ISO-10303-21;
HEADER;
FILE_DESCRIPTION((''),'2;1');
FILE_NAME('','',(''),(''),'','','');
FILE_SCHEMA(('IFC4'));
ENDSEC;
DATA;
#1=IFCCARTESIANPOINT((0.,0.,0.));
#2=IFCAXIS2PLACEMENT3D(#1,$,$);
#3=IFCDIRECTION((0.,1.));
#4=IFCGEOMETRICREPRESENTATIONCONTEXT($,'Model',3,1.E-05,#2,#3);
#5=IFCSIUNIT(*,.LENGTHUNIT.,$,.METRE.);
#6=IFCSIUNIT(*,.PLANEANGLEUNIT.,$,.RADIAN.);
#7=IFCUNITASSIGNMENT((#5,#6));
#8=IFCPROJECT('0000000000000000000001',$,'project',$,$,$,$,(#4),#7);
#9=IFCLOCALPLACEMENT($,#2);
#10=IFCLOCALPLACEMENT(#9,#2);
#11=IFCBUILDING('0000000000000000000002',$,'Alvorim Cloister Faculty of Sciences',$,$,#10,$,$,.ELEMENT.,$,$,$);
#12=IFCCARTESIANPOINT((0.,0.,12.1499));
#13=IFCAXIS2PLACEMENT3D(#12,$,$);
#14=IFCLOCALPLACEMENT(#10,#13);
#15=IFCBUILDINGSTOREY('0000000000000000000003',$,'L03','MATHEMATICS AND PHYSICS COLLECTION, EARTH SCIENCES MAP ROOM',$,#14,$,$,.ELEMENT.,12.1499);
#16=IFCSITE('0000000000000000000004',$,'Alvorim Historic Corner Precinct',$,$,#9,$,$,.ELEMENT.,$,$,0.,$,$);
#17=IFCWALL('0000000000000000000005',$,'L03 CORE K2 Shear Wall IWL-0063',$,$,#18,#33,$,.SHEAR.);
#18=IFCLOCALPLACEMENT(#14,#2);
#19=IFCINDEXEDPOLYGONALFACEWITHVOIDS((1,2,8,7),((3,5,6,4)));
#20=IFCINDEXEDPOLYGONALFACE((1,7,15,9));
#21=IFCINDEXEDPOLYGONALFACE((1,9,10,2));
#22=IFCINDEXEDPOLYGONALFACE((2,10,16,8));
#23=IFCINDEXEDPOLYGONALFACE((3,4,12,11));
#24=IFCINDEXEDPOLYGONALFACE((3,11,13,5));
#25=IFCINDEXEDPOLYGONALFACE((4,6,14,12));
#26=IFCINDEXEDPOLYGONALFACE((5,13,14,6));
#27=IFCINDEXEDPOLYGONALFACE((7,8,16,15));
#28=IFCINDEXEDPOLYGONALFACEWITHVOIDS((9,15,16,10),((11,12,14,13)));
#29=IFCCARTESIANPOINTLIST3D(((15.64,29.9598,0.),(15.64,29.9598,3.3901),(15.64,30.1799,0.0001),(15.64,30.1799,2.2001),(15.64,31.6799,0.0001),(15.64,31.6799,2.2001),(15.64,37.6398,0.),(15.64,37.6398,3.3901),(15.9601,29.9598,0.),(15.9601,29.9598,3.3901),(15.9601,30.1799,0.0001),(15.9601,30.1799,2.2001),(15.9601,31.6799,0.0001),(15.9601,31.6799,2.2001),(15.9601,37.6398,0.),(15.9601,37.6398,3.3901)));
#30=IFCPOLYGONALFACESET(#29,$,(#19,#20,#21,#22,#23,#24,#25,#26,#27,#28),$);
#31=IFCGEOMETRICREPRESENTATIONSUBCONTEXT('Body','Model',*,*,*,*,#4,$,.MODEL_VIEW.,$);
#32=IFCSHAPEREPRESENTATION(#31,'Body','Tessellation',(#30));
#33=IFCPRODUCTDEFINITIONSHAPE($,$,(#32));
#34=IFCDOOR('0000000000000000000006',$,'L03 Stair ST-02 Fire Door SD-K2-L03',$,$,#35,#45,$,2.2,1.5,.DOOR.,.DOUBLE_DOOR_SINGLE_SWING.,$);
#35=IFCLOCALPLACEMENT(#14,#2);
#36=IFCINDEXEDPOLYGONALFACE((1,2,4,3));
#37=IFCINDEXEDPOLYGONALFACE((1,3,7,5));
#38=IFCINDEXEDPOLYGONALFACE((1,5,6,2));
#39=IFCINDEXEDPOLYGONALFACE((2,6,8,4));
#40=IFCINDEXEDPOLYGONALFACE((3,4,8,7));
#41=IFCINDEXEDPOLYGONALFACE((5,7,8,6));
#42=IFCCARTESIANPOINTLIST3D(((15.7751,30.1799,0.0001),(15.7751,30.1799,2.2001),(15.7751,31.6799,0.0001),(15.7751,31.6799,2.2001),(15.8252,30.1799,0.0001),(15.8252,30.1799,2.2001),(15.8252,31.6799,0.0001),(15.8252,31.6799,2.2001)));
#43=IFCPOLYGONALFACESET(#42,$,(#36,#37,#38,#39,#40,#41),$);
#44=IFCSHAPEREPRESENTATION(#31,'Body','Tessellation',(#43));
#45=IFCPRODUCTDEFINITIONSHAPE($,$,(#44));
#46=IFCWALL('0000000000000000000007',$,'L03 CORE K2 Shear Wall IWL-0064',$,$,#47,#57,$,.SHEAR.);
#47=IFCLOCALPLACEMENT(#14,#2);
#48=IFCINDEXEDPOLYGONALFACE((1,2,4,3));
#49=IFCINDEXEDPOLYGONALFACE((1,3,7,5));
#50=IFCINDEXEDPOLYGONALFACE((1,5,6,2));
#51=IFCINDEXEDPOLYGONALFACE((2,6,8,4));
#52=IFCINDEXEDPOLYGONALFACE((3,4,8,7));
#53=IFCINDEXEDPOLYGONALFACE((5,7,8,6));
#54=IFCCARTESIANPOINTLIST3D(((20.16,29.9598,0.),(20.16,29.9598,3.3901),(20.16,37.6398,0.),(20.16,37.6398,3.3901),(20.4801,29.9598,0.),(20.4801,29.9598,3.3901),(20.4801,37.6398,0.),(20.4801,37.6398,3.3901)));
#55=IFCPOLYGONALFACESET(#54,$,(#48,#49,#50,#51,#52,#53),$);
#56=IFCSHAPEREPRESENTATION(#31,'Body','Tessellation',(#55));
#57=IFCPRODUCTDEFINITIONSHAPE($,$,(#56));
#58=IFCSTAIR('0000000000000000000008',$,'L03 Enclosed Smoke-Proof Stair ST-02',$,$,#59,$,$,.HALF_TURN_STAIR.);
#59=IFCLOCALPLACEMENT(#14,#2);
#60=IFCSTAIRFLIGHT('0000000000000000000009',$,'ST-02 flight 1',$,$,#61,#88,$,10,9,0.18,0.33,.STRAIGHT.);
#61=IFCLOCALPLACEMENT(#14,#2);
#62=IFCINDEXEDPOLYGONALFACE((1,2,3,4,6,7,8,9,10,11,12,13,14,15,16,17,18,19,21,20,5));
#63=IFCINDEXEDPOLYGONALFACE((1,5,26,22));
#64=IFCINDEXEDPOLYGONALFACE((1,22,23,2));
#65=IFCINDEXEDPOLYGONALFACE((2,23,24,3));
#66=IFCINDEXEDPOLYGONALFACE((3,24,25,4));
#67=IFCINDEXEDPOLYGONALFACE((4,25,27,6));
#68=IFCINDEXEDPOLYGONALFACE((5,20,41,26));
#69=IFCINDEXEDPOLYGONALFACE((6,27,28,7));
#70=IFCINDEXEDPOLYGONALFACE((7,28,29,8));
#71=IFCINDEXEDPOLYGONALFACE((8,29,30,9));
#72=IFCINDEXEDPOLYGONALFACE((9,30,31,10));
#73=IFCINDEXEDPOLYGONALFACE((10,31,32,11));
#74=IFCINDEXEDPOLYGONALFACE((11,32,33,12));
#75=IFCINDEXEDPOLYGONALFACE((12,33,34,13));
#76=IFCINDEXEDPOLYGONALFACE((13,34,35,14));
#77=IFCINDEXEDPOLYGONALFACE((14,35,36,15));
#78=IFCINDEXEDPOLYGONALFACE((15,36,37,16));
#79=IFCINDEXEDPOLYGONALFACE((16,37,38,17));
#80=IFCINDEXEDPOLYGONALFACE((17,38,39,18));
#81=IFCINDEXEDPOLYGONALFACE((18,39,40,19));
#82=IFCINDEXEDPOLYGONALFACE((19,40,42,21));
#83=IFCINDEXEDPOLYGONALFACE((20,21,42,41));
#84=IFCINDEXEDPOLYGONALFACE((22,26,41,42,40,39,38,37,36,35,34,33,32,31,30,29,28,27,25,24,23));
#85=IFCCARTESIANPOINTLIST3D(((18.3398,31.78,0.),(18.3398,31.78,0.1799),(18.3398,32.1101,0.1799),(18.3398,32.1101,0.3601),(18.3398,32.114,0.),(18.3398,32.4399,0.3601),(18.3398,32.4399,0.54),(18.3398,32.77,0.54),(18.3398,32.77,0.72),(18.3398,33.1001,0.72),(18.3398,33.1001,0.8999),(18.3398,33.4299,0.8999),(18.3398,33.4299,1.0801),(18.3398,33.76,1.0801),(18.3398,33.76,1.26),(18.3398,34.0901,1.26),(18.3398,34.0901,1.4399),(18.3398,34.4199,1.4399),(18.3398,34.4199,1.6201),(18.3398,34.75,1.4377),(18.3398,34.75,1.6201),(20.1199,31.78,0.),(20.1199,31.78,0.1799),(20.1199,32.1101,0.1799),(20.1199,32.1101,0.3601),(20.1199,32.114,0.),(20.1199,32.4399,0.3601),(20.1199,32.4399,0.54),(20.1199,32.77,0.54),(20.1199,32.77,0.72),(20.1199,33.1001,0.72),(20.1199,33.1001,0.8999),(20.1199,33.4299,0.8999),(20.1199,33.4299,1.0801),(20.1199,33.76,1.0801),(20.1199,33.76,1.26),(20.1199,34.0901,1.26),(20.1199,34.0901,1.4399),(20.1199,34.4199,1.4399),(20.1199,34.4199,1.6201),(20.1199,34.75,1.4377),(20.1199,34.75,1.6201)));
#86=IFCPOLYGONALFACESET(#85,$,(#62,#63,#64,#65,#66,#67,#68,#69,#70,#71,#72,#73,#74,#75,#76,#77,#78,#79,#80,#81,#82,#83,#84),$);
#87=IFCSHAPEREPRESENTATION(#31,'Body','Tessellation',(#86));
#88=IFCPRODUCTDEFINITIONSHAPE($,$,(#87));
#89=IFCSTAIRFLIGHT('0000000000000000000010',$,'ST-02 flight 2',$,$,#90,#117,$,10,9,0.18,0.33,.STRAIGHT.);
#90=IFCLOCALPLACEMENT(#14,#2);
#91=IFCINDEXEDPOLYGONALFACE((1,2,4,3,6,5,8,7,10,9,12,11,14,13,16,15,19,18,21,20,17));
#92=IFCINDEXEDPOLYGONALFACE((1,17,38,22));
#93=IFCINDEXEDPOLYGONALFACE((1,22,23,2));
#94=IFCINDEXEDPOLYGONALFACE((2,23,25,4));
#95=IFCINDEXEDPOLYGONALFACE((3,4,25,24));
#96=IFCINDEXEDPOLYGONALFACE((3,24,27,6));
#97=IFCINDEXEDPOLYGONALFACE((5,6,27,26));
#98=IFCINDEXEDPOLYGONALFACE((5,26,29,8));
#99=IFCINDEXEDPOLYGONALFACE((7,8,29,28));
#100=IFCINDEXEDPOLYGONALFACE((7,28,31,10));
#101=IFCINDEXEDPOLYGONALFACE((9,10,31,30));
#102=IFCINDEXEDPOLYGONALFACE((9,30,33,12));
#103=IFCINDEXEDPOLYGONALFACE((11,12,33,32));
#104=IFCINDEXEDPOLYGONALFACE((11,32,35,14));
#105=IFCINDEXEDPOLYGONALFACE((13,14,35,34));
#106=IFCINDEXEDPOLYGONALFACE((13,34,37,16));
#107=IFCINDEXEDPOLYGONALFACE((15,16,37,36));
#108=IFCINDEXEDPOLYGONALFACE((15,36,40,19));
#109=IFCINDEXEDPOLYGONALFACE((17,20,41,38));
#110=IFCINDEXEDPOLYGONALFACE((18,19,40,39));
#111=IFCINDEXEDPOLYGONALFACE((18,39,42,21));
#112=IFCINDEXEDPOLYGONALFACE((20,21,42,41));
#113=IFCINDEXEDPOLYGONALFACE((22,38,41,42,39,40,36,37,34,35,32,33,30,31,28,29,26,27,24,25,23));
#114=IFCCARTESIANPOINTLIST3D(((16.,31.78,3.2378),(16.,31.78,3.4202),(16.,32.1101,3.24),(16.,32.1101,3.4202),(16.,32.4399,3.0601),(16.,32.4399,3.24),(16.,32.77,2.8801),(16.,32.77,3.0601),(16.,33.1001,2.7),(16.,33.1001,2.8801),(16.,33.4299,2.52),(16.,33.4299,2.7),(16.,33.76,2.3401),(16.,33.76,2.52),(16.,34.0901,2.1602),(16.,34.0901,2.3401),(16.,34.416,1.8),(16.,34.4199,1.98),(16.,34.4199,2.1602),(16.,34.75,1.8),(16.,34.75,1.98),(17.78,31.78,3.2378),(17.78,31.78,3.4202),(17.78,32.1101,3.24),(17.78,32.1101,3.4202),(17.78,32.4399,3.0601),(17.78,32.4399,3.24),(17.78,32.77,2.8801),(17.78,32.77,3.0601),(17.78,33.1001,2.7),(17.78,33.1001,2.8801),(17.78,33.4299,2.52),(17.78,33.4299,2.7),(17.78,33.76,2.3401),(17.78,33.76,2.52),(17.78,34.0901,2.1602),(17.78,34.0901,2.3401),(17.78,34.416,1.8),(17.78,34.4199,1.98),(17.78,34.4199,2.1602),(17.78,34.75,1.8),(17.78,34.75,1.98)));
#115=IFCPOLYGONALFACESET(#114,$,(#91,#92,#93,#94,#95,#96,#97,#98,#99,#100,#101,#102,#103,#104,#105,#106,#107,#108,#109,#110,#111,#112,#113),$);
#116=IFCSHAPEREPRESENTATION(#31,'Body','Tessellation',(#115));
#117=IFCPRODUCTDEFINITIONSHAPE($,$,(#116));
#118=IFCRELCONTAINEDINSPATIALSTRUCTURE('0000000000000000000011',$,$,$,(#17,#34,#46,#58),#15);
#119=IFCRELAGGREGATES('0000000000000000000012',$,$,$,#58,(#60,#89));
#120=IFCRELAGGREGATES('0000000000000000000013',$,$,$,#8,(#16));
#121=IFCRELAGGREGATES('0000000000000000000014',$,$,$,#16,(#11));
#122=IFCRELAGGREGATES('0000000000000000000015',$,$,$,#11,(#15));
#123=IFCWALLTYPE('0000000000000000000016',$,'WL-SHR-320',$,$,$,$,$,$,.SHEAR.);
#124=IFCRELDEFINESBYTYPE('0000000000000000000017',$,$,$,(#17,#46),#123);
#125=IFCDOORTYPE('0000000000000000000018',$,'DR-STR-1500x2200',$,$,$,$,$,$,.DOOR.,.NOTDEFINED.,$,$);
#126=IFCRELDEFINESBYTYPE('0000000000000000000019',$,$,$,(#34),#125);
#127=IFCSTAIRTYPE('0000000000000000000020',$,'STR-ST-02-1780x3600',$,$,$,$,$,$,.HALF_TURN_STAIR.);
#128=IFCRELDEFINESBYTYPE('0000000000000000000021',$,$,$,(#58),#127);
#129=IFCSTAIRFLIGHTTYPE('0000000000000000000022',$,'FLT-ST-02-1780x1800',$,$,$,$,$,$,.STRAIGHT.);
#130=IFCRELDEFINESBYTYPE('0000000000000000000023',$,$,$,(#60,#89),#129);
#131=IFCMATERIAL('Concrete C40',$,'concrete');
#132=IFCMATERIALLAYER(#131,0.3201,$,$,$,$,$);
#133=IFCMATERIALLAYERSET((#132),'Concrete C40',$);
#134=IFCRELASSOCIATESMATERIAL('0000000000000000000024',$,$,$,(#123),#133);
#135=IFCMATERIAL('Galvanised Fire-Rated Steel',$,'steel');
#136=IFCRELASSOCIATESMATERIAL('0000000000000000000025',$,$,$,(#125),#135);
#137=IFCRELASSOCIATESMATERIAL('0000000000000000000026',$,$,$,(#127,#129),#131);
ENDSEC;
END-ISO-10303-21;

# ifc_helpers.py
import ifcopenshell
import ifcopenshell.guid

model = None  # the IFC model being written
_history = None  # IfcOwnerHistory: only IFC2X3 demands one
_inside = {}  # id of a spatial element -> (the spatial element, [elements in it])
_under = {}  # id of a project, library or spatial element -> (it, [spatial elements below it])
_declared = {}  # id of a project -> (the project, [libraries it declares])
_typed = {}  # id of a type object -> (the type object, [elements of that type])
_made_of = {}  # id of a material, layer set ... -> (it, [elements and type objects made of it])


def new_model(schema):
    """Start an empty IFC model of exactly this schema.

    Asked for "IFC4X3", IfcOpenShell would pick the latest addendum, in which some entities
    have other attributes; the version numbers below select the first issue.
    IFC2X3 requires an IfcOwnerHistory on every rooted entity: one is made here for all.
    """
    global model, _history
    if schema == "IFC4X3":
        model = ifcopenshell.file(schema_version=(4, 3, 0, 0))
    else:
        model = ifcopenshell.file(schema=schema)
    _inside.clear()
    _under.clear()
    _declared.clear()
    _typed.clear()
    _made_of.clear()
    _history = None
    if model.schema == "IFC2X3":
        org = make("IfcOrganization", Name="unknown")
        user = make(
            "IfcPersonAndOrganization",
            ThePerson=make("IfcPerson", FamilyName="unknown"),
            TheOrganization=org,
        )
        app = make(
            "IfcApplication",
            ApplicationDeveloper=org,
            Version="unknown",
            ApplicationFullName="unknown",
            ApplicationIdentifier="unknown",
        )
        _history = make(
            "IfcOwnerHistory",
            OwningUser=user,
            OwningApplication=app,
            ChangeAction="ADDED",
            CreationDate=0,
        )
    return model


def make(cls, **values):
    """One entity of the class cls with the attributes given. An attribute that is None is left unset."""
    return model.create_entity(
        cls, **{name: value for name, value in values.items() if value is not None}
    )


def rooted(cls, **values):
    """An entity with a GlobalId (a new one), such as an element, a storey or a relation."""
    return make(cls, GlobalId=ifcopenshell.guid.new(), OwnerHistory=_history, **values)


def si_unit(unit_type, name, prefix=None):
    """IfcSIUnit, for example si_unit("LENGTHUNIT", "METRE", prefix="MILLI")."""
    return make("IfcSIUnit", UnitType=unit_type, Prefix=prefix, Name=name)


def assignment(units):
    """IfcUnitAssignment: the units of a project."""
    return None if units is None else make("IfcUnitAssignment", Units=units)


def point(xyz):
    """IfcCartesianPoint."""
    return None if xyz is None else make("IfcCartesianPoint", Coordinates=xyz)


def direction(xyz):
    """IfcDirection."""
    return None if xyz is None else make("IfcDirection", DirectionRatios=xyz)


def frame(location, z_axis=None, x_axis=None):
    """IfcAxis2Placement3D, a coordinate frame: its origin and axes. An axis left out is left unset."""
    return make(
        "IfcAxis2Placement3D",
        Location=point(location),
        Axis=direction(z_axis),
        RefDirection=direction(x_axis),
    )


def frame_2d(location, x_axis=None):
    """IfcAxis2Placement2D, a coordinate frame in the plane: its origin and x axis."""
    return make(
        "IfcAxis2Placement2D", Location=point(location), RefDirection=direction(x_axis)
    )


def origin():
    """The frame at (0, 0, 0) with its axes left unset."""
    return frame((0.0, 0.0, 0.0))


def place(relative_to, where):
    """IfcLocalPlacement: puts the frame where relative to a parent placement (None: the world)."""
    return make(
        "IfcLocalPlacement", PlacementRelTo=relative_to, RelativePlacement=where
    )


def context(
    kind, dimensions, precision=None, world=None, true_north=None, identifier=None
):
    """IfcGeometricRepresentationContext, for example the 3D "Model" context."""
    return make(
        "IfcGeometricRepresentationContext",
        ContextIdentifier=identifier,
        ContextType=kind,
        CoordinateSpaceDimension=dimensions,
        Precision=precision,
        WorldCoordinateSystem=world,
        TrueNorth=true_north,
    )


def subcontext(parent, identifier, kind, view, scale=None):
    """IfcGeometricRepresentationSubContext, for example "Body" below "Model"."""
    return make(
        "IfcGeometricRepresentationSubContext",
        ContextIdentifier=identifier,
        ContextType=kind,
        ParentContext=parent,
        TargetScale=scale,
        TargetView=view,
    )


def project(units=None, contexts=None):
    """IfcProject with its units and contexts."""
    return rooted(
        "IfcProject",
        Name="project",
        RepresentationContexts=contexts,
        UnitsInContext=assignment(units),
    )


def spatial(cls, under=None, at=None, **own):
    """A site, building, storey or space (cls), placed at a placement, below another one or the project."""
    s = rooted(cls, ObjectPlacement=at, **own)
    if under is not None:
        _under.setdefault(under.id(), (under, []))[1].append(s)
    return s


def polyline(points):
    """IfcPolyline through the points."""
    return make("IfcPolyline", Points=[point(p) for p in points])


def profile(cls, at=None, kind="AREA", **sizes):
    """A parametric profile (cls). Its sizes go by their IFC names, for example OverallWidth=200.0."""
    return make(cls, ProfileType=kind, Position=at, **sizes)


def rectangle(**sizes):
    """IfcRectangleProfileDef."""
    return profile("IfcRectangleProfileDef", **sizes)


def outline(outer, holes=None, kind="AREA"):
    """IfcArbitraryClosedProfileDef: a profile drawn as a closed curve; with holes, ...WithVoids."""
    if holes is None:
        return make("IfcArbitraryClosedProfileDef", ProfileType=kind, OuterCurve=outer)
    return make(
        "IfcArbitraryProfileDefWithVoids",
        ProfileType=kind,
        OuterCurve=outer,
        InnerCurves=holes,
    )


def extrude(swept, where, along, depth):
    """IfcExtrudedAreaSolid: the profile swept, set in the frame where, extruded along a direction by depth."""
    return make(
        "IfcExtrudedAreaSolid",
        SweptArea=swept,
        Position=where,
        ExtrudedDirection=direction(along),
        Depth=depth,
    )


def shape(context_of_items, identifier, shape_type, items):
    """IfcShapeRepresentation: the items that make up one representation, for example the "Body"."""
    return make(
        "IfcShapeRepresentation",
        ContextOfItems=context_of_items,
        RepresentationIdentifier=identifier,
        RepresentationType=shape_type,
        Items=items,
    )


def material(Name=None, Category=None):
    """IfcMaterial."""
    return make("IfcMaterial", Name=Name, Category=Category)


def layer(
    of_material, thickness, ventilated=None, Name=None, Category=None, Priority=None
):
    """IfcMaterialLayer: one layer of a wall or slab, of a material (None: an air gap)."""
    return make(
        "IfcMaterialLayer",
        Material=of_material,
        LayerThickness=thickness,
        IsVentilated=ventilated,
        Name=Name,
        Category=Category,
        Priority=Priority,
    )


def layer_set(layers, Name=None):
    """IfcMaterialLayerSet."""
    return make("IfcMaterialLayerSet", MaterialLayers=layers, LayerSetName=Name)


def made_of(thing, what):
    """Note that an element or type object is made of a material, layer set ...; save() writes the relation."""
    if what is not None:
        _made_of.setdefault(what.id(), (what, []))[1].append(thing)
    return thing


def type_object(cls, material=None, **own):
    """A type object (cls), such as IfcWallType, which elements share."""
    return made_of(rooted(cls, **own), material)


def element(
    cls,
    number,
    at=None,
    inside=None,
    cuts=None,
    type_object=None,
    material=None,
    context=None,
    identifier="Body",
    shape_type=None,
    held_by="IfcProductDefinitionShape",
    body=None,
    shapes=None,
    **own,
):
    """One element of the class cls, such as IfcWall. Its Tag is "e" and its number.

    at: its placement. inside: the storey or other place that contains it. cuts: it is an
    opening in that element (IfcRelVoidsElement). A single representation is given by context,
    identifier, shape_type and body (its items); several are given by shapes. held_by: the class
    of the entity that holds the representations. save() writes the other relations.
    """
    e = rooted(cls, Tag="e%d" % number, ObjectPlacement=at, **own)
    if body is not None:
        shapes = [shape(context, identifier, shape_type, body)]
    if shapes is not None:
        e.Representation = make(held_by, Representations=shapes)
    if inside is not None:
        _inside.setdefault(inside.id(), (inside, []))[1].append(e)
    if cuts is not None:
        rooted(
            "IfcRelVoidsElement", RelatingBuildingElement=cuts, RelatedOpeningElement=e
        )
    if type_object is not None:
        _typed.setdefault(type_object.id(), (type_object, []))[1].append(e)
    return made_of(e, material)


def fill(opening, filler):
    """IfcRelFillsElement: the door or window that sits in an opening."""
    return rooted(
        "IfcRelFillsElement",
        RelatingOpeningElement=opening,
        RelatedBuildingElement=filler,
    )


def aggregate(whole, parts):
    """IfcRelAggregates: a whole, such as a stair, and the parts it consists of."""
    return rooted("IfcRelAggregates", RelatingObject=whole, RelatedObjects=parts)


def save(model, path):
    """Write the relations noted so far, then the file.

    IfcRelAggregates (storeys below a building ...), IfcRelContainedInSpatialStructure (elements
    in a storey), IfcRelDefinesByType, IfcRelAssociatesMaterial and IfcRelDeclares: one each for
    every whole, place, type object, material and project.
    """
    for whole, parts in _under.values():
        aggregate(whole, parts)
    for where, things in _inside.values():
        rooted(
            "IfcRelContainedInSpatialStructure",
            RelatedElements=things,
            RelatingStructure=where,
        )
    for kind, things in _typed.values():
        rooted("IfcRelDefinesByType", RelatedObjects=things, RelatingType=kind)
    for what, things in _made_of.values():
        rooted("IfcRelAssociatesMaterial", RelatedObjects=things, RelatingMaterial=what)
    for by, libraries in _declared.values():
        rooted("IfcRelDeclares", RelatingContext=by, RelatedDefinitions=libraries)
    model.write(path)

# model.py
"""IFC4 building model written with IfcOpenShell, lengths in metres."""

from ifc_helpers import new_model, si_unit, direction, frame, frame_2d, origin, place, context, subcontext, project, spatial, polyline, rectangle, outline, extrude, material, layer, layer_set, type_object, element, fill, aggregate, save


model = new_model("IFC4")

# Units and contexts
model_context = context("Model", 3, precision=1e-05, world=origin(), true_north=direction((0.0, 1.0)))
body_context = subcontext(model_context, "Body", "Model", "MODEL_VIEW")
ifc_project = project(units=[si_unit("LENGTHUNIT", "METRE"), si_unit("PLANEANGLEUNIT", "RADIAN")], contexts=[model_context])

# Site, building, storey
site_placement = place(None, origin())
site = spatial("IfcSite", under=ifc_project, at=site_placement, Name="Alvorim Historic Corner Precinct", CompositionType="ELEMENT", RefElevation=0.0)
building_placement = place(site_placement, origin())
building = spatial("IfcBuilding", under=site, at=building_placement, Name="Alvorim Cloister Faculty of Sciences", CompositionType="ELEMENT")
storey_placement = place(building_placement, frame((0.0, 0.0, 12.1499)))
storey = spatial("IfcBuildingStorey", under=building, at=storey_placement, Name="L03", Description="MATHEMATICS AND PHYSICS COLLECTION, EARTH SCIENCES MAP ROOM", CompositionType="ELEMENT", Elevation=12.1499)

# Shared definitions
ifc_material_1 = material(Name="Concrete C40", Category="concrete")

# Shared definitions
ifc_layer_1 = layer(ifc_material_1, 0.3201)
ifc_layer_set_1 = layer_set([ifc_layer_1], Name="Concrete C40")
wall_type_1 = type_object("IfcWallType", Name="WL-SHR-320", PredefinedType="SHEAR", material=ifc_layer_set_1)

# Wall, opening, door
wall_1_placement = place(storey_placement, frame((15.8, 29.96, 0.0), z_axis=(0.0, 0.0, 1.0), x_axis=(0.0, 1.0, 0.0)))
wall_1 = element("IfcWall", 1, at=wall_1_placement, inside=storey, type_object=wall_type_1, Name="L03 CORE K2 Shear Wall IWL-0063", PredefinedType="SHEAR", context=body_context, shape_type="SweptSolid", body=[
    extrude(rectangle(XDim=7.6799, YDim=0.3201, at=frame_2d((3.8398, 0.0))), origin(), (0.0, 0.0, 1.0), 3.3901),
])
opening_1_placement = place(wall_1_placement, frame((0.22, 0.0, 0.0)))
opening_1 = element("IfcOpeningElement", 2, at=opening_1_placement, cuts=wall_1, PredefinedType="OPENING", context=body_context, shape_type="SweptSolid", body=[
    extrude(rectangle(XDim=1.5, YDim=2.2, at=frame_2d((0.75, 1.1001))), frame((0.0, 0.1719, 0.0), z_axis=(0.0, -1.0, 0.0), x_axis=(1.0, 0.0, 0.0)), (0.0, 0.0, 1.0), 0.344),
])
ifc_material_2 = material(Name="Galvanised Fire-Rated Steel", Category="steel")
door_type_1 = type_object("IfcDoorType", Name="DR-STR-1500x2200", OperationType="NOTDEFINED", PredefinedType="DOOR", material=ifc_material_2)
door_1_placement = place(opening_1_placement, origin())
door_1 = element("IfcDoor", 3, at=door_1_placement, inside=storey, type_object=door_type_1, Name="L03 Stair ST-02 Fire Door SD-K2-L03", OperationType="DOUBLE_DOOR_SINGLE_SWING", OverallHeight=2.2, OverallWidth=1.5, PredefinedType="DOOR", context=body_context, shape_type="SweptSolid", body=[
    extrude(rectangle(XDim=1.5, YDim=2.2, at=frame_2d((0.75, 1.1001))), frame((0.0, 0.0249, 0.0), z_axis=(0.0, -1.0, 0.0), x_axis=(1.0, 0.0, 0.0)), (0.0, 0.0, 1.0), 0.05),
])
fill(opening_1, door_1)

# Wall
wall_2_placement = place(storey_placement, frame((20.3201, 29.96, 0.0), z_axis=(0.0, 0.0, 1.0), x_axis=(0.0, 1.0, 0.0)))
element("IfcWall", 4, at=wall_2_placement, inside=storey, type_object=wall_type_1, Name="L03 CORE K2 Shear Wall IWL-0064", PredefinedType="SHEAR", context=body_context, shape_type="SweptSolid", body=[
    extrude(rectangle(XDim=7.6799, YDim=0.3201, at=frame_2d((3.8398, 0.0))), origin(), (0.0, 0.0, 1.0), 3.3901),
])

# Stair, stair flights
stair_type = type_object("IfcStairType", Name="STR-ST-02-1780x3600", PredefinedType="HALF_TURN_STAIR", material=ifc_material_1)
stair_placement = place(storey_placement, origin())
stair = element("IfcStair", 5, at=stair_placement, inside=storey, type_object=stair_type, Name="L03 Enclosed Smoke-Proof Stair ST-02", PredefinedType="HALF_TURN_STAIR")
stair_flight_type = type_object("IfcStairFlightType", Name="FLT-ST-02-1780x1800", PredefinedType="STRAIGHT", material=ifc_material_1)
stair_flight_1_placement = place(storey_placement, frame((19.23, 31.78, 0.0), z_axis=(0.0, 0.0, 1.0), x_axis=(0.0, 1.0, 0.0)))
stair_flight_1 = element("IfcStairFlight", 6, at=stair_flight_1_placement, type_object=stair_flight_type, Name="ST-02 flight 1", NumberOfRisers=10, NumberOfTreads=9, PredefinedType="STRAIGHT", RiserHeight=0.18, TreadLength=0.33, context=body_context, shape_type="SweptSolid", body=[
    extrude(outline(polyline([(0.334, 0.0), (2.97, 1.4377), (2.97, 1.8), (2.97, 1.6201), (2.6399, 1.6201), (2.6399, 1.4399), (2.3101, 1.4399), (2.3101, 1.26), (1.98, 1.26), (1.98, 1.0801), (1.6499, 1.0801), (1.6499, 0.8999), (1.3201, 0.8999), (1.3201, 0.72), (0.99, 0.72), (0.99, 0.54), (0.6599, 0.54), (0.6599, 0.3601), (0.3301, 0.3601), (0.3301, 0.1799), (0.0, 0.1799), (0.0, 0.0), (0.334, 0.0)])), frame((0.0, 0.8901, 0.0), z_axis=(0.0, -1.0, 0.0), x_axis=(1.0, 0.0, 0.0)), (0.0, 0.0, 1.0), 1.78),
])
stair_flight_2_placement = place(storey_placement, frame((16.8899, 34.75, 1.8), z_axis=(0.0, 0.0, 1.0), x_axis=(0.0, -1.0, 0.0)))
stair_flight_2 = element("IfcStairFlight", 7, at=stair_flight_2_placement, type_object=stair_flight_type, Name="ST-02 flight 2", NumberOfRisers=10, NumberOfTreads=9, PredefinedType="STRAIGHT", RiserHeight=0.18, TreadLength=0.33, context=body_context, shape_type="SweptSolid", body=[
    extrude(outline(polyline([(0.334, 0.0), (2.97, 1.4377), (2.97, 1.8), (2.97, 1.6201), (2.6399, 1.6201), (2.6399, 1.4399), (2.3101, 1.4399), (2.3101, 1.26), (1.98, 1.26), (1.98, 1.0801), (1.6499, 1.0801), (1.6499, 0.8999), (1.3201, 0.8999), (1.3201, 0.72), (0.99, 0.72), (0.99, 0.54), (0.6599, 0.54), (0.6599, 0.3601), (0.3301, 0.3601), (0.3301, 0.1799), (0.0, 0.1799), (0.0, 0.0), (0.334, 0.0)])), frame((0.0, 0.8901, 0.0), z_axis=(0.0, -1.0, 0.0), x_axis=(1.0, 0.0, 0.0)), (0.0, 0.0, 1.0), 1.78),
])
aggregate(stair, [stair_flight_1, stair_flight_2])

save(model, "model.ifc")
